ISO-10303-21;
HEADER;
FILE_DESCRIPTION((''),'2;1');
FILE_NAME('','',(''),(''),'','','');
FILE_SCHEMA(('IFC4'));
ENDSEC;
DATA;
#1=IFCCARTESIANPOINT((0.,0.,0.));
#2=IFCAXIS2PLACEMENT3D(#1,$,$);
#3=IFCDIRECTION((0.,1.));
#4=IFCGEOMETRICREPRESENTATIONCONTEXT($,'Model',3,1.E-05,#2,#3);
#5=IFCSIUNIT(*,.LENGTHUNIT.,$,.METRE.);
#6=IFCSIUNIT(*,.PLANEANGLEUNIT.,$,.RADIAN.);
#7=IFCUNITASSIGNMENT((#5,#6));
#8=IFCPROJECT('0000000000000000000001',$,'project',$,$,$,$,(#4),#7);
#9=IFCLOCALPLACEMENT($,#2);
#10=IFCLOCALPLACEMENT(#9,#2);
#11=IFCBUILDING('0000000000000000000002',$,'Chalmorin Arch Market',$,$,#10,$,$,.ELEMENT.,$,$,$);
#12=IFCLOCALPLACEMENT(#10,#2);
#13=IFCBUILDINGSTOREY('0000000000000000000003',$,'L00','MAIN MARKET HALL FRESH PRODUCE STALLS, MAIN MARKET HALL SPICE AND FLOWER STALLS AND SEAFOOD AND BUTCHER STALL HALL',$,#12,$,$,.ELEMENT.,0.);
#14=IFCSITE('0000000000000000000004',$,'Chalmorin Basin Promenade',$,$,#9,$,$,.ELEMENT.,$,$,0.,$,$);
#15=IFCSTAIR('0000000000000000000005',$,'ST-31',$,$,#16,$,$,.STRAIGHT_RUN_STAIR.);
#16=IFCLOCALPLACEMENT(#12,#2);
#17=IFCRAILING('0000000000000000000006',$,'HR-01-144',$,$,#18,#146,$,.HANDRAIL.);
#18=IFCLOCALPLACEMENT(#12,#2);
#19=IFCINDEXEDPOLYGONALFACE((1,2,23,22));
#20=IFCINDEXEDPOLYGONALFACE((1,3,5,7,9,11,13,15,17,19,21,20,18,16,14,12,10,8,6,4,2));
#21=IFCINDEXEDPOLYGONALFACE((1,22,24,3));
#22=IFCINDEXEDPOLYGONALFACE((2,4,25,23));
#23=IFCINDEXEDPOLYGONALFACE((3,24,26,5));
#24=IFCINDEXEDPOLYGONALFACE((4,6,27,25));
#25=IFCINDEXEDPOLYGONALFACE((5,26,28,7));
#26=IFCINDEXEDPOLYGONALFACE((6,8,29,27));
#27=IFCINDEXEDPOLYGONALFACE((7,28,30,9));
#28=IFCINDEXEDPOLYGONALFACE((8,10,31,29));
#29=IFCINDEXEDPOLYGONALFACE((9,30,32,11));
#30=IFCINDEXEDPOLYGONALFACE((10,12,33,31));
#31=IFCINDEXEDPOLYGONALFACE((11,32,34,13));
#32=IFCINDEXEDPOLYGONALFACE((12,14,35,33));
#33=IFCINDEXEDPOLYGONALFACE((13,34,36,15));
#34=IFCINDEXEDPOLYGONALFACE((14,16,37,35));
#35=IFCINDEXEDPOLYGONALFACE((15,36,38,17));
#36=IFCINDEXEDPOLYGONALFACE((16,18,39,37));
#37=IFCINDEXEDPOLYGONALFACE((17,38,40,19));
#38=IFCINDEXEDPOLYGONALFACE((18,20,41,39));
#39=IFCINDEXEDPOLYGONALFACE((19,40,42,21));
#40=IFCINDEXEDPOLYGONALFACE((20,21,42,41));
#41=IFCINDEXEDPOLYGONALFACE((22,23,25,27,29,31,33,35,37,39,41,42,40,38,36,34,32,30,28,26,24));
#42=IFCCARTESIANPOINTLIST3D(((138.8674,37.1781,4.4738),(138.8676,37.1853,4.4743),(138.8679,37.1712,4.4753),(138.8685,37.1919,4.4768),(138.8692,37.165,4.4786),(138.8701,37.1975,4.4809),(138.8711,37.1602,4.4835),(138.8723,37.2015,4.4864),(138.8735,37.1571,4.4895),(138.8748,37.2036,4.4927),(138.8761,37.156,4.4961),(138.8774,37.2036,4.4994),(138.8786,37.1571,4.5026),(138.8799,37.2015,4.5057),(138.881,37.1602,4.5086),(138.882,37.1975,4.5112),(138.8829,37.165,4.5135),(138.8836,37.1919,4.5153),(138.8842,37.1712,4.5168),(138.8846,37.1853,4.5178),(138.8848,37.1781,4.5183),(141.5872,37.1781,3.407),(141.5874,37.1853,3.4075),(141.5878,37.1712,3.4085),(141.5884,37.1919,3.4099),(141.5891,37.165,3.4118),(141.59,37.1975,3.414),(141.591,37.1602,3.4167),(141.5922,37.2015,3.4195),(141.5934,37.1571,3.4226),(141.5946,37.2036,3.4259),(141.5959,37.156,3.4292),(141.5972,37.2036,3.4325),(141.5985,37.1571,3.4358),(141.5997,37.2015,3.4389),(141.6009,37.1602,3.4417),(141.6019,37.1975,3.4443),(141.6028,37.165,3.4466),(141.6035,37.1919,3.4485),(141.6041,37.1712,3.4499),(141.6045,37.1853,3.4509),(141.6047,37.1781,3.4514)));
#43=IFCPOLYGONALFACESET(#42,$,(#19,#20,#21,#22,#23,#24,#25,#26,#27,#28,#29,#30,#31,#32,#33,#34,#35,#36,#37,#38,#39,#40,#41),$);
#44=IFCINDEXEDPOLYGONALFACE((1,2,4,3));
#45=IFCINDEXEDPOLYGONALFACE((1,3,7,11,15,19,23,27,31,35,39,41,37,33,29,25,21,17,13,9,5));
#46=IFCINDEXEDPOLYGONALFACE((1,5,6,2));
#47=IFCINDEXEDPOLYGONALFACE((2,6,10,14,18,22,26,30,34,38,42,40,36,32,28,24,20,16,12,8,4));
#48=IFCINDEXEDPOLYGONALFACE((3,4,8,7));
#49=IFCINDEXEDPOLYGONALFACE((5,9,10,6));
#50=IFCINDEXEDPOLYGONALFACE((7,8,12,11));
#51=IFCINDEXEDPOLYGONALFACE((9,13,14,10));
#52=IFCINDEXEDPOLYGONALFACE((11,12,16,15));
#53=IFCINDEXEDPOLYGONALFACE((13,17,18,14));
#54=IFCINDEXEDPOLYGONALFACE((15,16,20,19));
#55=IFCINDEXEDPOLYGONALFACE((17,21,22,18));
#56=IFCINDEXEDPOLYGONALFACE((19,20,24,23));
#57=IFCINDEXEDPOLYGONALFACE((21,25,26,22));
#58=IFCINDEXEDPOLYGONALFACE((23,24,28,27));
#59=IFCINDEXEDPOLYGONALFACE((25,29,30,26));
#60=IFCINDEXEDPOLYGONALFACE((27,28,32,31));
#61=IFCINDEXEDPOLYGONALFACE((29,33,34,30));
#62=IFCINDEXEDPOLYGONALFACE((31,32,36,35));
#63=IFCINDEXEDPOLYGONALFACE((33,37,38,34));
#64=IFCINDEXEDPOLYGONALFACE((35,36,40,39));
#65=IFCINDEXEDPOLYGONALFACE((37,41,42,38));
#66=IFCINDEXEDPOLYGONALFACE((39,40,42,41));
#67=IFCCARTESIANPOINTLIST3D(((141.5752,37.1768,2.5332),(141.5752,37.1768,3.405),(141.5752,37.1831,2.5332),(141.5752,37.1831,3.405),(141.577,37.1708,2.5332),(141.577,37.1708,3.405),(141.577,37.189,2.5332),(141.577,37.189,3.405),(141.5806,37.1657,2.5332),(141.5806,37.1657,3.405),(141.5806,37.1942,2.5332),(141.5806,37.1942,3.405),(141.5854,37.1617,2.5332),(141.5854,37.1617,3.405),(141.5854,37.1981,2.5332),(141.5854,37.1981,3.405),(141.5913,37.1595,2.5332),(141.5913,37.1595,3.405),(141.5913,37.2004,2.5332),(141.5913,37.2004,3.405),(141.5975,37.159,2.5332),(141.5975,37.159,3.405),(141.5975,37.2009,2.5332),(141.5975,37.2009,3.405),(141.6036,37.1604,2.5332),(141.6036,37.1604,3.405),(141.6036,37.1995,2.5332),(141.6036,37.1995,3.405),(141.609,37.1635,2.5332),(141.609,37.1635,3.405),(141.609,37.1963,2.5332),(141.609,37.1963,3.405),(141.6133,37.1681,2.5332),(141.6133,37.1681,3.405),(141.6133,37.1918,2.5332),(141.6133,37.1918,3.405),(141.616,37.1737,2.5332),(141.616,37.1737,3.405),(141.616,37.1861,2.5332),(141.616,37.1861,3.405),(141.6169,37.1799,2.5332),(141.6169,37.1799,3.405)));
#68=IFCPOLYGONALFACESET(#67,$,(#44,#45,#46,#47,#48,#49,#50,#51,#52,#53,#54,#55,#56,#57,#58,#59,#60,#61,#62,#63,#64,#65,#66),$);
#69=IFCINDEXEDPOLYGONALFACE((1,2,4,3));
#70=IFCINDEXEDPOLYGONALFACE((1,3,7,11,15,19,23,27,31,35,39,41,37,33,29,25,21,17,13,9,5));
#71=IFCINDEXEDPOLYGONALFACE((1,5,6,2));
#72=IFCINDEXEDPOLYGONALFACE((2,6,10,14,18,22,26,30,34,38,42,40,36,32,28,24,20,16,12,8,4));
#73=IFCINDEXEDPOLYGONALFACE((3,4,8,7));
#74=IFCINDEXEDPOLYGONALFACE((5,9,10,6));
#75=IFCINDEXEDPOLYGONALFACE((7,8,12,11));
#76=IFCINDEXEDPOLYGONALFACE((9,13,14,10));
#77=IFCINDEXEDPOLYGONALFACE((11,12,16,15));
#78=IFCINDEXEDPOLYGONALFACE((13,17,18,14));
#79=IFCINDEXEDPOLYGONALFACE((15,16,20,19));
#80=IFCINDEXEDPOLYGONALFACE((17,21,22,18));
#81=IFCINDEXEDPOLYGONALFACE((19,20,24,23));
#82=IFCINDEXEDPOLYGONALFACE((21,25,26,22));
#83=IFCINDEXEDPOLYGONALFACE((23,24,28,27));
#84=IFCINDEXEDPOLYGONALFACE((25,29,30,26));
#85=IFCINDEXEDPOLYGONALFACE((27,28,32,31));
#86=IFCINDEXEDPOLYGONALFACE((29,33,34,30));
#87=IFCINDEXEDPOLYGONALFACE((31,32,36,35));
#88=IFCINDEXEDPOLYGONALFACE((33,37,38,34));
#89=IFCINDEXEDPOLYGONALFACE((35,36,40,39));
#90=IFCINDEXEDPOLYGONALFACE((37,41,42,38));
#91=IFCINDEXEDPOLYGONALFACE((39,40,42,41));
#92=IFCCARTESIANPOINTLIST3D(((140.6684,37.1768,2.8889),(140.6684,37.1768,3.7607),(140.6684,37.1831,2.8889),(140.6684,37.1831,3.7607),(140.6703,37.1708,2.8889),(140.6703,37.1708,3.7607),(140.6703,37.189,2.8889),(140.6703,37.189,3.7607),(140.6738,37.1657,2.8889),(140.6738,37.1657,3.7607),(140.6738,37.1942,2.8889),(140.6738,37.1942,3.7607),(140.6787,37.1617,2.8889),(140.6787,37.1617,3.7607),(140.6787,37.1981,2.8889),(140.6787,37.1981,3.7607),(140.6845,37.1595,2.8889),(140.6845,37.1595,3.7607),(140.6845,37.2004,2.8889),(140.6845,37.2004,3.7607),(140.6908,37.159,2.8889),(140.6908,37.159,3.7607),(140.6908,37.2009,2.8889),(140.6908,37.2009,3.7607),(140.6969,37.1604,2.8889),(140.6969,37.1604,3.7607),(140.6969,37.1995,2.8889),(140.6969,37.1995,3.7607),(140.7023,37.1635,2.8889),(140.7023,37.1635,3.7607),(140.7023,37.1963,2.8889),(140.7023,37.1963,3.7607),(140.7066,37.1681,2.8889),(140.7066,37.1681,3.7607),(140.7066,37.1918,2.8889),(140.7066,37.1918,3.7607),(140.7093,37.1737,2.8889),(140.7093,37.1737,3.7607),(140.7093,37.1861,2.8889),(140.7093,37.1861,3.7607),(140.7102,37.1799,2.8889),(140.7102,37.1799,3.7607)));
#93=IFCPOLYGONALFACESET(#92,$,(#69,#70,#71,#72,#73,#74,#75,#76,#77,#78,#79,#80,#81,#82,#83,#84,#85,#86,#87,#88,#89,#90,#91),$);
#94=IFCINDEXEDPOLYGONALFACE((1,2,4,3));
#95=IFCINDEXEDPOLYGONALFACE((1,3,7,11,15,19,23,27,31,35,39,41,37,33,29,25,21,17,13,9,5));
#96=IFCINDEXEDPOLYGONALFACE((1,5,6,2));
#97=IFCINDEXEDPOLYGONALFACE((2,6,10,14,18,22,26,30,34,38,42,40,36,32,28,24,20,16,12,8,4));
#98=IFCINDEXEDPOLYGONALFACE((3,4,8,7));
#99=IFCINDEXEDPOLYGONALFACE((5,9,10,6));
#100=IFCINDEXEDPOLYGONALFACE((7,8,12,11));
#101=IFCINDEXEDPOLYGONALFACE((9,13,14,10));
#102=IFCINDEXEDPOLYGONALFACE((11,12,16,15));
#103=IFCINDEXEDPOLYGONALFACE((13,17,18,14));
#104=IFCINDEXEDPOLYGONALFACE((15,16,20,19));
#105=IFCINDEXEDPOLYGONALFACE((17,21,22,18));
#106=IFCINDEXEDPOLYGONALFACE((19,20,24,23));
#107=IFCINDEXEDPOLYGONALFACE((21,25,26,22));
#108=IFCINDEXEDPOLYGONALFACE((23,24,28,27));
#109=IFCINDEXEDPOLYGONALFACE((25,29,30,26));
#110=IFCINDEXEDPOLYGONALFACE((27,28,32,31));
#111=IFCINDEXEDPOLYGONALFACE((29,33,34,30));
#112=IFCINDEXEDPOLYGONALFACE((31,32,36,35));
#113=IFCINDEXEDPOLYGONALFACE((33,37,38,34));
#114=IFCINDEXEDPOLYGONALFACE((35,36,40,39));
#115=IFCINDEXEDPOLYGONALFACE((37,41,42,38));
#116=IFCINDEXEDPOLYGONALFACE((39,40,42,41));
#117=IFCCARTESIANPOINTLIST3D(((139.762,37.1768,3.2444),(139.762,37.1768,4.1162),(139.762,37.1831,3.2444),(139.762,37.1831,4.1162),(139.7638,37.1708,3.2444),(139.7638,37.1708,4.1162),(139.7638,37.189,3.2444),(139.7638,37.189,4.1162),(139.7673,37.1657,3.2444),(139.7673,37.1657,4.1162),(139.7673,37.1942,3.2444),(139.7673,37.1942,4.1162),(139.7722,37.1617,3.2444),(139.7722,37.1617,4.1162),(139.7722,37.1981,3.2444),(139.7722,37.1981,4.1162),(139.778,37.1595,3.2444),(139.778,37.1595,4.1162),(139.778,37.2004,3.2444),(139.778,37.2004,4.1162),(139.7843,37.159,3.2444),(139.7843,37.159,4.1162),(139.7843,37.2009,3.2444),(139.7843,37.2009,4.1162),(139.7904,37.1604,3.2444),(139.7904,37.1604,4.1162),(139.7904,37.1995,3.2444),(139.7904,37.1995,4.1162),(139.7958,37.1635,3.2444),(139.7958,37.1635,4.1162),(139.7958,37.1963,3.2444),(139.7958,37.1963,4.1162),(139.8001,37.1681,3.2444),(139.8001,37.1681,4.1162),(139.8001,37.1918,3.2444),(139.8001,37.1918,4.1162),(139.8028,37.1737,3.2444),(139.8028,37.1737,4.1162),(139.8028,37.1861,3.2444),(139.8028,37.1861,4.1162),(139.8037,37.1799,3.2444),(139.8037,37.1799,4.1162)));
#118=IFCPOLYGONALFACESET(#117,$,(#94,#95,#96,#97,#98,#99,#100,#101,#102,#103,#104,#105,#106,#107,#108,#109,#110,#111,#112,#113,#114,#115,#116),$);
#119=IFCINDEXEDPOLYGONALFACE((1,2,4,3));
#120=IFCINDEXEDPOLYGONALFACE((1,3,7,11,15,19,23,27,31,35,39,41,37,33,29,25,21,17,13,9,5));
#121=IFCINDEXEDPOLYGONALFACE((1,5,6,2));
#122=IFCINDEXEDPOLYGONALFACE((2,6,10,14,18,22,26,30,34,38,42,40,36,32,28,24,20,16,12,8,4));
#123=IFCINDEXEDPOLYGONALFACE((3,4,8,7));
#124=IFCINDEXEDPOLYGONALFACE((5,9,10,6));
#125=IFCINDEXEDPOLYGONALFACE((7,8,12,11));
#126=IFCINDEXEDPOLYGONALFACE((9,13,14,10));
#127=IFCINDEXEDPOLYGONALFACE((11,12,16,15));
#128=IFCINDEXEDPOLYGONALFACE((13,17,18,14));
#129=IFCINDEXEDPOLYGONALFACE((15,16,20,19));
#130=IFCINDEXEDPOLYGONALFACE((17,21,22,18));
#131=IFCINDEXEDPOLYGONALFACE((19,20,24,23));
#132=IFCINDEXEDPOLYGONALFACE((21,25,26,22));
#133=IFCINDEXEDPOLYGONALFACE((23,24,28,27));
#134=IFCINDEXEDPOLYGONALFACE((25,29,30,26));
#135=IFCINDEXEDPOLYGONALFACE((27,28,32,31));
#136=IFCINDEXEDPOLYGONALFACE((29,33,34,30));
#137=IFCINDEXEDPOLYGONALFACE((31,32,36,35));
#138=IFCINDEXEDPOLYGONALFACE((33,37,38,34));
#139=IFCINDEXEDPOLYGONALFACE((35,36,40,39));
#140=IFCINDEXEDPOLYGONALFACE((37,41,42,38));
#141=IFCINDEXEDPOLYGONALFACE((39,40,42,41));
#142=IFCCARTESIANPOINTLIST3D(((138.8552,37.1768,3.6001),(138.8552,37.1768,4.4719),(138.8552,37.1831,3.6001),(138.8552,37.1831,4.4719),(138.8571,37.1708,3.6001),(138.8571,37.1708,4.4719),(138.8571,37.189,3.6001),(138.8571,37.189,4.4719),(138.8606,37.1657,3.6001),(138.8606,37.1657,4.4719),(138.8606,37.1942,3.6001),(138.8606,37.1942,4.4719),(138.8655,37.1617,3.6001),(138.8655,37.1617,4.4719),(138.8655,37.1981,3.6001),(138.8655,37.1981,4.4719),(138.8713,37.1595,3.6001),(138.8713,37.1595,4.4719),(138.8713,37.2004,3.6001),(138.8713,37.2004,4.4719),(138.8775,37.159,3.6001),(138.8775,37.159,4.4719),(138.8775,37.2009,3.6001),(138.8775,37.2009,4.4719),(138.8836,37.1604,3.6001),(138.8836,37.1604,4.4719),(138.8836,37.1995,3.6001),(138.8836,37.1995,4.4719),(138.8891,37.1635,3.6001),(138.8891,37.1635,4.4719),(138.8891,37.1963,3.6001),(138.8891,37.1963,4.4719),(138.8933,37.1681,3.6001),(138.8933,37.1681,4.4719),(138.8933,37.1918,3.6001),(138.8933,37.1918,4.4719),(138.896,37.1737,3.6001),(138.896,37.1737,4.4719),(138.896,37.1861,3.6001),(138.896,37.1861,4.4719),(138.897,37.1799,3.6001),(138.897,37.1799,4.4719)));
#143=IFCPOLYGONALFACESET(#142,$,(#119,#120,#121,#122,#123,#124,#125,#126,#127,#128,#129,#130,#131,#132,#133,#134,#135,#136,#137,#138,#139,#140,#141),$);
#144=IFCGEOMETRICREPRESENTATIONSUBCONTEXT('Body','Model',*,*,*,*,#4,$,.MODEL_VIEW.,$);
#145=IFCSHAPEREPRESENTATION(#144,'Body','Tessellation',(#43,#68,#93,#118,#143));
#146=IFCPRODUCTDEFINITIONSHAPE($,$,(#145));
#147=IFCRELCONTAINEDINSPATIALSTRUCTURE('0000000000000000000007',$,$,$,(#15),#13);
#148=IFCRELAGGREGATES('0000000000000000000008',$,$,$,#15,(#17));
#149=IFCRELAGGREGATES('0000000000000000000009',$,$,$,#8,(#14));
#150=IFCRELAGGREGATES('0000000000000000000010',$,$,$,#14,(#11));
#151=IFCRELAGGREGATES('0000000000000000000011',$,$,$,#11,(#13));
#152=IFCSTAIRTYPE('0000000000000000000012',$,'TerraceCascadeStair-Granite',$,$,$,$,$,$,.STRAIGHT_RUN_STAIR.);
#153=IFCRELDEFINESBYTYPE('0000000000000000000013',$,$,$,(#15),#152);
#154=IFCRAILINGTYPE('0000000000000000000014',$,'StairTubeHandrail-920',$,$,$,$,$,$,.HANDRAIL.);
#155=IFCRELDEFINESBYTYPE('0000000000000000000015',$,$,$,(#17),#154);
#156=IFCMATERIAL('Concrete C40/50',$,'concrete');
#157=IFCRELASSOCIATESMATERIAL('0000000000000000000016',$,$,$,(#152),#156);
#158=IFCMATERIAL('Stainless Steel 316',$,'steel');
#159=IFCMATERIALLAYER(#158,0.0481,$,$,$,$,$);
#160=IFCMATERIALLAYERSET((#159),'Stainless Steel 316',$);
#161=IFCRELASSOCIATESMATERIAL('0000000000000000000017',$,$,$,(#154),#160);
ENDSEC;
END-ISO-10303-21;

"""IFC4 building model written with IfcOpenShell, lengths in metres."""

from ifc_helpers import new_model, si_unit, direction, frame, origin, origin_2d, place, context, subcontext, project, spatial, circle, extrude, material, layer, layer_set, type_object, element, aggregate, save


model = new_model("IFC4")

# Units and contexts
model_context = context("Model", 3, precision=1e-05, world=origin(), true_north=direction((0.0, 1.0)))
body_context = subcontext(model_context, "Body", "Model", "MODEL_VIEW")
ifc_project = project(units=[si_unit("LENGTHUNIT", "METRE"), si_unit("PLANEANGLEUNIT", "RADIAN")], contexts=[model_context])

# Site, building, storey
site_placement = place(None, origin())
site = spatial("IfcSite", under=ifc_project, at=site_placement, Name="Chalmorin Basin Promenade", CompositionType="ELEMENT", RefElevation=0.0)
building_placement = place(site_placement, origin())
building = spatial("IfcBuilding", under=site, at=building_placement, Name="Chalmorin Arch Market", CompositionType="ELEMENT")
storey_placement = place(building_placement, origin())
storey = spatial("IfcBuildingStorey", under=building, at=storey_placement, Name="L00", Description="MAIN MARKET HALL FRESH PRODUCE STALLS, MAIN MARKET HALL SPICE AND FLOWER STALLS AND SEAFOOD AND BUTCHER STALL HALL", CompositionType="ELEMENT", Elevation=0.0)

# Shared definitions
ifc_material_1 = material(Name="Concrete C40/50", Category="concrete")

# Stair
stair_type = type_object("IfcStairType", Name="TerraceCascadeStair-Granite", PredefinedType="STRAIGHT_RUN_STAIR", material=ifc_material_1)
stair_1_placement = place(storey_placement, origin())
stair_1 = element("IfcStair", 1, at=stair_1_placement, inside=storey, type_object=stair_type, Name="ST-31", PredefinedType="STRAIGHT_RUN_STAIR")

# Railing
ifc_material_2 = material(Name="Stainless Steel 316", Category="steel")
ifc_layer_1 = layer(ifc_material_2, 0.0481)
ifc_layer_set_1 = layer_set([ifc_layer_1], Name="Stainless Steel 316")
railing_type_1 = type_object("IfcRailingType", Name="StairTubeHandrail-920", PredefinedType="HANDRAIL", material=ifc_layer_set_1)
railing_1_placement = place(storey_placement, frame((141.5959, 37.1799, 2.5332)))
railing_1 = element("IfcRailing", 2, at=railing_1_placement, type_object=railing_type_1, Name="HR-01-144", PredefinedType="HANDRAIL", context=body_context, shape_type="SweptSolid", body=[
    extrude(circle(Radius=0.0239, at=origin_2d()), frame((0.0, 0.0, 0.896), z_axis=(-0.930945, 0.0, 0.365159), x_axis=(0.0, -1.0, 0.0)), (0.0, 0.0, 1.0), 2.9216),
    extrude(circle(Radius=0.021, at=origin_2d()), origin(), (0.0, 0.0, 1.0), 0.8718),
    extrude(circle(Radius=0.021, at=origin_2d()), frame((-0.9067, 0.0, 0.3557)), (0.0, 0.0, 1.0), 0.8718),
    extrude(circle(Radius=0.021, at=origin_2d()), frame((-1.8132, 0.0, 0.7112)), (0.0, 0.0, 1.0), 0.8718),
    extrude(circle(Radius=0.021, at=origin_2d()), frame((-2.72, 0.0, 1.0669)), (0.0, 0.0, 1.0), 0.8718),
])
aggregate(stair_1, [railing_1])

save(model, "model.ifc")
